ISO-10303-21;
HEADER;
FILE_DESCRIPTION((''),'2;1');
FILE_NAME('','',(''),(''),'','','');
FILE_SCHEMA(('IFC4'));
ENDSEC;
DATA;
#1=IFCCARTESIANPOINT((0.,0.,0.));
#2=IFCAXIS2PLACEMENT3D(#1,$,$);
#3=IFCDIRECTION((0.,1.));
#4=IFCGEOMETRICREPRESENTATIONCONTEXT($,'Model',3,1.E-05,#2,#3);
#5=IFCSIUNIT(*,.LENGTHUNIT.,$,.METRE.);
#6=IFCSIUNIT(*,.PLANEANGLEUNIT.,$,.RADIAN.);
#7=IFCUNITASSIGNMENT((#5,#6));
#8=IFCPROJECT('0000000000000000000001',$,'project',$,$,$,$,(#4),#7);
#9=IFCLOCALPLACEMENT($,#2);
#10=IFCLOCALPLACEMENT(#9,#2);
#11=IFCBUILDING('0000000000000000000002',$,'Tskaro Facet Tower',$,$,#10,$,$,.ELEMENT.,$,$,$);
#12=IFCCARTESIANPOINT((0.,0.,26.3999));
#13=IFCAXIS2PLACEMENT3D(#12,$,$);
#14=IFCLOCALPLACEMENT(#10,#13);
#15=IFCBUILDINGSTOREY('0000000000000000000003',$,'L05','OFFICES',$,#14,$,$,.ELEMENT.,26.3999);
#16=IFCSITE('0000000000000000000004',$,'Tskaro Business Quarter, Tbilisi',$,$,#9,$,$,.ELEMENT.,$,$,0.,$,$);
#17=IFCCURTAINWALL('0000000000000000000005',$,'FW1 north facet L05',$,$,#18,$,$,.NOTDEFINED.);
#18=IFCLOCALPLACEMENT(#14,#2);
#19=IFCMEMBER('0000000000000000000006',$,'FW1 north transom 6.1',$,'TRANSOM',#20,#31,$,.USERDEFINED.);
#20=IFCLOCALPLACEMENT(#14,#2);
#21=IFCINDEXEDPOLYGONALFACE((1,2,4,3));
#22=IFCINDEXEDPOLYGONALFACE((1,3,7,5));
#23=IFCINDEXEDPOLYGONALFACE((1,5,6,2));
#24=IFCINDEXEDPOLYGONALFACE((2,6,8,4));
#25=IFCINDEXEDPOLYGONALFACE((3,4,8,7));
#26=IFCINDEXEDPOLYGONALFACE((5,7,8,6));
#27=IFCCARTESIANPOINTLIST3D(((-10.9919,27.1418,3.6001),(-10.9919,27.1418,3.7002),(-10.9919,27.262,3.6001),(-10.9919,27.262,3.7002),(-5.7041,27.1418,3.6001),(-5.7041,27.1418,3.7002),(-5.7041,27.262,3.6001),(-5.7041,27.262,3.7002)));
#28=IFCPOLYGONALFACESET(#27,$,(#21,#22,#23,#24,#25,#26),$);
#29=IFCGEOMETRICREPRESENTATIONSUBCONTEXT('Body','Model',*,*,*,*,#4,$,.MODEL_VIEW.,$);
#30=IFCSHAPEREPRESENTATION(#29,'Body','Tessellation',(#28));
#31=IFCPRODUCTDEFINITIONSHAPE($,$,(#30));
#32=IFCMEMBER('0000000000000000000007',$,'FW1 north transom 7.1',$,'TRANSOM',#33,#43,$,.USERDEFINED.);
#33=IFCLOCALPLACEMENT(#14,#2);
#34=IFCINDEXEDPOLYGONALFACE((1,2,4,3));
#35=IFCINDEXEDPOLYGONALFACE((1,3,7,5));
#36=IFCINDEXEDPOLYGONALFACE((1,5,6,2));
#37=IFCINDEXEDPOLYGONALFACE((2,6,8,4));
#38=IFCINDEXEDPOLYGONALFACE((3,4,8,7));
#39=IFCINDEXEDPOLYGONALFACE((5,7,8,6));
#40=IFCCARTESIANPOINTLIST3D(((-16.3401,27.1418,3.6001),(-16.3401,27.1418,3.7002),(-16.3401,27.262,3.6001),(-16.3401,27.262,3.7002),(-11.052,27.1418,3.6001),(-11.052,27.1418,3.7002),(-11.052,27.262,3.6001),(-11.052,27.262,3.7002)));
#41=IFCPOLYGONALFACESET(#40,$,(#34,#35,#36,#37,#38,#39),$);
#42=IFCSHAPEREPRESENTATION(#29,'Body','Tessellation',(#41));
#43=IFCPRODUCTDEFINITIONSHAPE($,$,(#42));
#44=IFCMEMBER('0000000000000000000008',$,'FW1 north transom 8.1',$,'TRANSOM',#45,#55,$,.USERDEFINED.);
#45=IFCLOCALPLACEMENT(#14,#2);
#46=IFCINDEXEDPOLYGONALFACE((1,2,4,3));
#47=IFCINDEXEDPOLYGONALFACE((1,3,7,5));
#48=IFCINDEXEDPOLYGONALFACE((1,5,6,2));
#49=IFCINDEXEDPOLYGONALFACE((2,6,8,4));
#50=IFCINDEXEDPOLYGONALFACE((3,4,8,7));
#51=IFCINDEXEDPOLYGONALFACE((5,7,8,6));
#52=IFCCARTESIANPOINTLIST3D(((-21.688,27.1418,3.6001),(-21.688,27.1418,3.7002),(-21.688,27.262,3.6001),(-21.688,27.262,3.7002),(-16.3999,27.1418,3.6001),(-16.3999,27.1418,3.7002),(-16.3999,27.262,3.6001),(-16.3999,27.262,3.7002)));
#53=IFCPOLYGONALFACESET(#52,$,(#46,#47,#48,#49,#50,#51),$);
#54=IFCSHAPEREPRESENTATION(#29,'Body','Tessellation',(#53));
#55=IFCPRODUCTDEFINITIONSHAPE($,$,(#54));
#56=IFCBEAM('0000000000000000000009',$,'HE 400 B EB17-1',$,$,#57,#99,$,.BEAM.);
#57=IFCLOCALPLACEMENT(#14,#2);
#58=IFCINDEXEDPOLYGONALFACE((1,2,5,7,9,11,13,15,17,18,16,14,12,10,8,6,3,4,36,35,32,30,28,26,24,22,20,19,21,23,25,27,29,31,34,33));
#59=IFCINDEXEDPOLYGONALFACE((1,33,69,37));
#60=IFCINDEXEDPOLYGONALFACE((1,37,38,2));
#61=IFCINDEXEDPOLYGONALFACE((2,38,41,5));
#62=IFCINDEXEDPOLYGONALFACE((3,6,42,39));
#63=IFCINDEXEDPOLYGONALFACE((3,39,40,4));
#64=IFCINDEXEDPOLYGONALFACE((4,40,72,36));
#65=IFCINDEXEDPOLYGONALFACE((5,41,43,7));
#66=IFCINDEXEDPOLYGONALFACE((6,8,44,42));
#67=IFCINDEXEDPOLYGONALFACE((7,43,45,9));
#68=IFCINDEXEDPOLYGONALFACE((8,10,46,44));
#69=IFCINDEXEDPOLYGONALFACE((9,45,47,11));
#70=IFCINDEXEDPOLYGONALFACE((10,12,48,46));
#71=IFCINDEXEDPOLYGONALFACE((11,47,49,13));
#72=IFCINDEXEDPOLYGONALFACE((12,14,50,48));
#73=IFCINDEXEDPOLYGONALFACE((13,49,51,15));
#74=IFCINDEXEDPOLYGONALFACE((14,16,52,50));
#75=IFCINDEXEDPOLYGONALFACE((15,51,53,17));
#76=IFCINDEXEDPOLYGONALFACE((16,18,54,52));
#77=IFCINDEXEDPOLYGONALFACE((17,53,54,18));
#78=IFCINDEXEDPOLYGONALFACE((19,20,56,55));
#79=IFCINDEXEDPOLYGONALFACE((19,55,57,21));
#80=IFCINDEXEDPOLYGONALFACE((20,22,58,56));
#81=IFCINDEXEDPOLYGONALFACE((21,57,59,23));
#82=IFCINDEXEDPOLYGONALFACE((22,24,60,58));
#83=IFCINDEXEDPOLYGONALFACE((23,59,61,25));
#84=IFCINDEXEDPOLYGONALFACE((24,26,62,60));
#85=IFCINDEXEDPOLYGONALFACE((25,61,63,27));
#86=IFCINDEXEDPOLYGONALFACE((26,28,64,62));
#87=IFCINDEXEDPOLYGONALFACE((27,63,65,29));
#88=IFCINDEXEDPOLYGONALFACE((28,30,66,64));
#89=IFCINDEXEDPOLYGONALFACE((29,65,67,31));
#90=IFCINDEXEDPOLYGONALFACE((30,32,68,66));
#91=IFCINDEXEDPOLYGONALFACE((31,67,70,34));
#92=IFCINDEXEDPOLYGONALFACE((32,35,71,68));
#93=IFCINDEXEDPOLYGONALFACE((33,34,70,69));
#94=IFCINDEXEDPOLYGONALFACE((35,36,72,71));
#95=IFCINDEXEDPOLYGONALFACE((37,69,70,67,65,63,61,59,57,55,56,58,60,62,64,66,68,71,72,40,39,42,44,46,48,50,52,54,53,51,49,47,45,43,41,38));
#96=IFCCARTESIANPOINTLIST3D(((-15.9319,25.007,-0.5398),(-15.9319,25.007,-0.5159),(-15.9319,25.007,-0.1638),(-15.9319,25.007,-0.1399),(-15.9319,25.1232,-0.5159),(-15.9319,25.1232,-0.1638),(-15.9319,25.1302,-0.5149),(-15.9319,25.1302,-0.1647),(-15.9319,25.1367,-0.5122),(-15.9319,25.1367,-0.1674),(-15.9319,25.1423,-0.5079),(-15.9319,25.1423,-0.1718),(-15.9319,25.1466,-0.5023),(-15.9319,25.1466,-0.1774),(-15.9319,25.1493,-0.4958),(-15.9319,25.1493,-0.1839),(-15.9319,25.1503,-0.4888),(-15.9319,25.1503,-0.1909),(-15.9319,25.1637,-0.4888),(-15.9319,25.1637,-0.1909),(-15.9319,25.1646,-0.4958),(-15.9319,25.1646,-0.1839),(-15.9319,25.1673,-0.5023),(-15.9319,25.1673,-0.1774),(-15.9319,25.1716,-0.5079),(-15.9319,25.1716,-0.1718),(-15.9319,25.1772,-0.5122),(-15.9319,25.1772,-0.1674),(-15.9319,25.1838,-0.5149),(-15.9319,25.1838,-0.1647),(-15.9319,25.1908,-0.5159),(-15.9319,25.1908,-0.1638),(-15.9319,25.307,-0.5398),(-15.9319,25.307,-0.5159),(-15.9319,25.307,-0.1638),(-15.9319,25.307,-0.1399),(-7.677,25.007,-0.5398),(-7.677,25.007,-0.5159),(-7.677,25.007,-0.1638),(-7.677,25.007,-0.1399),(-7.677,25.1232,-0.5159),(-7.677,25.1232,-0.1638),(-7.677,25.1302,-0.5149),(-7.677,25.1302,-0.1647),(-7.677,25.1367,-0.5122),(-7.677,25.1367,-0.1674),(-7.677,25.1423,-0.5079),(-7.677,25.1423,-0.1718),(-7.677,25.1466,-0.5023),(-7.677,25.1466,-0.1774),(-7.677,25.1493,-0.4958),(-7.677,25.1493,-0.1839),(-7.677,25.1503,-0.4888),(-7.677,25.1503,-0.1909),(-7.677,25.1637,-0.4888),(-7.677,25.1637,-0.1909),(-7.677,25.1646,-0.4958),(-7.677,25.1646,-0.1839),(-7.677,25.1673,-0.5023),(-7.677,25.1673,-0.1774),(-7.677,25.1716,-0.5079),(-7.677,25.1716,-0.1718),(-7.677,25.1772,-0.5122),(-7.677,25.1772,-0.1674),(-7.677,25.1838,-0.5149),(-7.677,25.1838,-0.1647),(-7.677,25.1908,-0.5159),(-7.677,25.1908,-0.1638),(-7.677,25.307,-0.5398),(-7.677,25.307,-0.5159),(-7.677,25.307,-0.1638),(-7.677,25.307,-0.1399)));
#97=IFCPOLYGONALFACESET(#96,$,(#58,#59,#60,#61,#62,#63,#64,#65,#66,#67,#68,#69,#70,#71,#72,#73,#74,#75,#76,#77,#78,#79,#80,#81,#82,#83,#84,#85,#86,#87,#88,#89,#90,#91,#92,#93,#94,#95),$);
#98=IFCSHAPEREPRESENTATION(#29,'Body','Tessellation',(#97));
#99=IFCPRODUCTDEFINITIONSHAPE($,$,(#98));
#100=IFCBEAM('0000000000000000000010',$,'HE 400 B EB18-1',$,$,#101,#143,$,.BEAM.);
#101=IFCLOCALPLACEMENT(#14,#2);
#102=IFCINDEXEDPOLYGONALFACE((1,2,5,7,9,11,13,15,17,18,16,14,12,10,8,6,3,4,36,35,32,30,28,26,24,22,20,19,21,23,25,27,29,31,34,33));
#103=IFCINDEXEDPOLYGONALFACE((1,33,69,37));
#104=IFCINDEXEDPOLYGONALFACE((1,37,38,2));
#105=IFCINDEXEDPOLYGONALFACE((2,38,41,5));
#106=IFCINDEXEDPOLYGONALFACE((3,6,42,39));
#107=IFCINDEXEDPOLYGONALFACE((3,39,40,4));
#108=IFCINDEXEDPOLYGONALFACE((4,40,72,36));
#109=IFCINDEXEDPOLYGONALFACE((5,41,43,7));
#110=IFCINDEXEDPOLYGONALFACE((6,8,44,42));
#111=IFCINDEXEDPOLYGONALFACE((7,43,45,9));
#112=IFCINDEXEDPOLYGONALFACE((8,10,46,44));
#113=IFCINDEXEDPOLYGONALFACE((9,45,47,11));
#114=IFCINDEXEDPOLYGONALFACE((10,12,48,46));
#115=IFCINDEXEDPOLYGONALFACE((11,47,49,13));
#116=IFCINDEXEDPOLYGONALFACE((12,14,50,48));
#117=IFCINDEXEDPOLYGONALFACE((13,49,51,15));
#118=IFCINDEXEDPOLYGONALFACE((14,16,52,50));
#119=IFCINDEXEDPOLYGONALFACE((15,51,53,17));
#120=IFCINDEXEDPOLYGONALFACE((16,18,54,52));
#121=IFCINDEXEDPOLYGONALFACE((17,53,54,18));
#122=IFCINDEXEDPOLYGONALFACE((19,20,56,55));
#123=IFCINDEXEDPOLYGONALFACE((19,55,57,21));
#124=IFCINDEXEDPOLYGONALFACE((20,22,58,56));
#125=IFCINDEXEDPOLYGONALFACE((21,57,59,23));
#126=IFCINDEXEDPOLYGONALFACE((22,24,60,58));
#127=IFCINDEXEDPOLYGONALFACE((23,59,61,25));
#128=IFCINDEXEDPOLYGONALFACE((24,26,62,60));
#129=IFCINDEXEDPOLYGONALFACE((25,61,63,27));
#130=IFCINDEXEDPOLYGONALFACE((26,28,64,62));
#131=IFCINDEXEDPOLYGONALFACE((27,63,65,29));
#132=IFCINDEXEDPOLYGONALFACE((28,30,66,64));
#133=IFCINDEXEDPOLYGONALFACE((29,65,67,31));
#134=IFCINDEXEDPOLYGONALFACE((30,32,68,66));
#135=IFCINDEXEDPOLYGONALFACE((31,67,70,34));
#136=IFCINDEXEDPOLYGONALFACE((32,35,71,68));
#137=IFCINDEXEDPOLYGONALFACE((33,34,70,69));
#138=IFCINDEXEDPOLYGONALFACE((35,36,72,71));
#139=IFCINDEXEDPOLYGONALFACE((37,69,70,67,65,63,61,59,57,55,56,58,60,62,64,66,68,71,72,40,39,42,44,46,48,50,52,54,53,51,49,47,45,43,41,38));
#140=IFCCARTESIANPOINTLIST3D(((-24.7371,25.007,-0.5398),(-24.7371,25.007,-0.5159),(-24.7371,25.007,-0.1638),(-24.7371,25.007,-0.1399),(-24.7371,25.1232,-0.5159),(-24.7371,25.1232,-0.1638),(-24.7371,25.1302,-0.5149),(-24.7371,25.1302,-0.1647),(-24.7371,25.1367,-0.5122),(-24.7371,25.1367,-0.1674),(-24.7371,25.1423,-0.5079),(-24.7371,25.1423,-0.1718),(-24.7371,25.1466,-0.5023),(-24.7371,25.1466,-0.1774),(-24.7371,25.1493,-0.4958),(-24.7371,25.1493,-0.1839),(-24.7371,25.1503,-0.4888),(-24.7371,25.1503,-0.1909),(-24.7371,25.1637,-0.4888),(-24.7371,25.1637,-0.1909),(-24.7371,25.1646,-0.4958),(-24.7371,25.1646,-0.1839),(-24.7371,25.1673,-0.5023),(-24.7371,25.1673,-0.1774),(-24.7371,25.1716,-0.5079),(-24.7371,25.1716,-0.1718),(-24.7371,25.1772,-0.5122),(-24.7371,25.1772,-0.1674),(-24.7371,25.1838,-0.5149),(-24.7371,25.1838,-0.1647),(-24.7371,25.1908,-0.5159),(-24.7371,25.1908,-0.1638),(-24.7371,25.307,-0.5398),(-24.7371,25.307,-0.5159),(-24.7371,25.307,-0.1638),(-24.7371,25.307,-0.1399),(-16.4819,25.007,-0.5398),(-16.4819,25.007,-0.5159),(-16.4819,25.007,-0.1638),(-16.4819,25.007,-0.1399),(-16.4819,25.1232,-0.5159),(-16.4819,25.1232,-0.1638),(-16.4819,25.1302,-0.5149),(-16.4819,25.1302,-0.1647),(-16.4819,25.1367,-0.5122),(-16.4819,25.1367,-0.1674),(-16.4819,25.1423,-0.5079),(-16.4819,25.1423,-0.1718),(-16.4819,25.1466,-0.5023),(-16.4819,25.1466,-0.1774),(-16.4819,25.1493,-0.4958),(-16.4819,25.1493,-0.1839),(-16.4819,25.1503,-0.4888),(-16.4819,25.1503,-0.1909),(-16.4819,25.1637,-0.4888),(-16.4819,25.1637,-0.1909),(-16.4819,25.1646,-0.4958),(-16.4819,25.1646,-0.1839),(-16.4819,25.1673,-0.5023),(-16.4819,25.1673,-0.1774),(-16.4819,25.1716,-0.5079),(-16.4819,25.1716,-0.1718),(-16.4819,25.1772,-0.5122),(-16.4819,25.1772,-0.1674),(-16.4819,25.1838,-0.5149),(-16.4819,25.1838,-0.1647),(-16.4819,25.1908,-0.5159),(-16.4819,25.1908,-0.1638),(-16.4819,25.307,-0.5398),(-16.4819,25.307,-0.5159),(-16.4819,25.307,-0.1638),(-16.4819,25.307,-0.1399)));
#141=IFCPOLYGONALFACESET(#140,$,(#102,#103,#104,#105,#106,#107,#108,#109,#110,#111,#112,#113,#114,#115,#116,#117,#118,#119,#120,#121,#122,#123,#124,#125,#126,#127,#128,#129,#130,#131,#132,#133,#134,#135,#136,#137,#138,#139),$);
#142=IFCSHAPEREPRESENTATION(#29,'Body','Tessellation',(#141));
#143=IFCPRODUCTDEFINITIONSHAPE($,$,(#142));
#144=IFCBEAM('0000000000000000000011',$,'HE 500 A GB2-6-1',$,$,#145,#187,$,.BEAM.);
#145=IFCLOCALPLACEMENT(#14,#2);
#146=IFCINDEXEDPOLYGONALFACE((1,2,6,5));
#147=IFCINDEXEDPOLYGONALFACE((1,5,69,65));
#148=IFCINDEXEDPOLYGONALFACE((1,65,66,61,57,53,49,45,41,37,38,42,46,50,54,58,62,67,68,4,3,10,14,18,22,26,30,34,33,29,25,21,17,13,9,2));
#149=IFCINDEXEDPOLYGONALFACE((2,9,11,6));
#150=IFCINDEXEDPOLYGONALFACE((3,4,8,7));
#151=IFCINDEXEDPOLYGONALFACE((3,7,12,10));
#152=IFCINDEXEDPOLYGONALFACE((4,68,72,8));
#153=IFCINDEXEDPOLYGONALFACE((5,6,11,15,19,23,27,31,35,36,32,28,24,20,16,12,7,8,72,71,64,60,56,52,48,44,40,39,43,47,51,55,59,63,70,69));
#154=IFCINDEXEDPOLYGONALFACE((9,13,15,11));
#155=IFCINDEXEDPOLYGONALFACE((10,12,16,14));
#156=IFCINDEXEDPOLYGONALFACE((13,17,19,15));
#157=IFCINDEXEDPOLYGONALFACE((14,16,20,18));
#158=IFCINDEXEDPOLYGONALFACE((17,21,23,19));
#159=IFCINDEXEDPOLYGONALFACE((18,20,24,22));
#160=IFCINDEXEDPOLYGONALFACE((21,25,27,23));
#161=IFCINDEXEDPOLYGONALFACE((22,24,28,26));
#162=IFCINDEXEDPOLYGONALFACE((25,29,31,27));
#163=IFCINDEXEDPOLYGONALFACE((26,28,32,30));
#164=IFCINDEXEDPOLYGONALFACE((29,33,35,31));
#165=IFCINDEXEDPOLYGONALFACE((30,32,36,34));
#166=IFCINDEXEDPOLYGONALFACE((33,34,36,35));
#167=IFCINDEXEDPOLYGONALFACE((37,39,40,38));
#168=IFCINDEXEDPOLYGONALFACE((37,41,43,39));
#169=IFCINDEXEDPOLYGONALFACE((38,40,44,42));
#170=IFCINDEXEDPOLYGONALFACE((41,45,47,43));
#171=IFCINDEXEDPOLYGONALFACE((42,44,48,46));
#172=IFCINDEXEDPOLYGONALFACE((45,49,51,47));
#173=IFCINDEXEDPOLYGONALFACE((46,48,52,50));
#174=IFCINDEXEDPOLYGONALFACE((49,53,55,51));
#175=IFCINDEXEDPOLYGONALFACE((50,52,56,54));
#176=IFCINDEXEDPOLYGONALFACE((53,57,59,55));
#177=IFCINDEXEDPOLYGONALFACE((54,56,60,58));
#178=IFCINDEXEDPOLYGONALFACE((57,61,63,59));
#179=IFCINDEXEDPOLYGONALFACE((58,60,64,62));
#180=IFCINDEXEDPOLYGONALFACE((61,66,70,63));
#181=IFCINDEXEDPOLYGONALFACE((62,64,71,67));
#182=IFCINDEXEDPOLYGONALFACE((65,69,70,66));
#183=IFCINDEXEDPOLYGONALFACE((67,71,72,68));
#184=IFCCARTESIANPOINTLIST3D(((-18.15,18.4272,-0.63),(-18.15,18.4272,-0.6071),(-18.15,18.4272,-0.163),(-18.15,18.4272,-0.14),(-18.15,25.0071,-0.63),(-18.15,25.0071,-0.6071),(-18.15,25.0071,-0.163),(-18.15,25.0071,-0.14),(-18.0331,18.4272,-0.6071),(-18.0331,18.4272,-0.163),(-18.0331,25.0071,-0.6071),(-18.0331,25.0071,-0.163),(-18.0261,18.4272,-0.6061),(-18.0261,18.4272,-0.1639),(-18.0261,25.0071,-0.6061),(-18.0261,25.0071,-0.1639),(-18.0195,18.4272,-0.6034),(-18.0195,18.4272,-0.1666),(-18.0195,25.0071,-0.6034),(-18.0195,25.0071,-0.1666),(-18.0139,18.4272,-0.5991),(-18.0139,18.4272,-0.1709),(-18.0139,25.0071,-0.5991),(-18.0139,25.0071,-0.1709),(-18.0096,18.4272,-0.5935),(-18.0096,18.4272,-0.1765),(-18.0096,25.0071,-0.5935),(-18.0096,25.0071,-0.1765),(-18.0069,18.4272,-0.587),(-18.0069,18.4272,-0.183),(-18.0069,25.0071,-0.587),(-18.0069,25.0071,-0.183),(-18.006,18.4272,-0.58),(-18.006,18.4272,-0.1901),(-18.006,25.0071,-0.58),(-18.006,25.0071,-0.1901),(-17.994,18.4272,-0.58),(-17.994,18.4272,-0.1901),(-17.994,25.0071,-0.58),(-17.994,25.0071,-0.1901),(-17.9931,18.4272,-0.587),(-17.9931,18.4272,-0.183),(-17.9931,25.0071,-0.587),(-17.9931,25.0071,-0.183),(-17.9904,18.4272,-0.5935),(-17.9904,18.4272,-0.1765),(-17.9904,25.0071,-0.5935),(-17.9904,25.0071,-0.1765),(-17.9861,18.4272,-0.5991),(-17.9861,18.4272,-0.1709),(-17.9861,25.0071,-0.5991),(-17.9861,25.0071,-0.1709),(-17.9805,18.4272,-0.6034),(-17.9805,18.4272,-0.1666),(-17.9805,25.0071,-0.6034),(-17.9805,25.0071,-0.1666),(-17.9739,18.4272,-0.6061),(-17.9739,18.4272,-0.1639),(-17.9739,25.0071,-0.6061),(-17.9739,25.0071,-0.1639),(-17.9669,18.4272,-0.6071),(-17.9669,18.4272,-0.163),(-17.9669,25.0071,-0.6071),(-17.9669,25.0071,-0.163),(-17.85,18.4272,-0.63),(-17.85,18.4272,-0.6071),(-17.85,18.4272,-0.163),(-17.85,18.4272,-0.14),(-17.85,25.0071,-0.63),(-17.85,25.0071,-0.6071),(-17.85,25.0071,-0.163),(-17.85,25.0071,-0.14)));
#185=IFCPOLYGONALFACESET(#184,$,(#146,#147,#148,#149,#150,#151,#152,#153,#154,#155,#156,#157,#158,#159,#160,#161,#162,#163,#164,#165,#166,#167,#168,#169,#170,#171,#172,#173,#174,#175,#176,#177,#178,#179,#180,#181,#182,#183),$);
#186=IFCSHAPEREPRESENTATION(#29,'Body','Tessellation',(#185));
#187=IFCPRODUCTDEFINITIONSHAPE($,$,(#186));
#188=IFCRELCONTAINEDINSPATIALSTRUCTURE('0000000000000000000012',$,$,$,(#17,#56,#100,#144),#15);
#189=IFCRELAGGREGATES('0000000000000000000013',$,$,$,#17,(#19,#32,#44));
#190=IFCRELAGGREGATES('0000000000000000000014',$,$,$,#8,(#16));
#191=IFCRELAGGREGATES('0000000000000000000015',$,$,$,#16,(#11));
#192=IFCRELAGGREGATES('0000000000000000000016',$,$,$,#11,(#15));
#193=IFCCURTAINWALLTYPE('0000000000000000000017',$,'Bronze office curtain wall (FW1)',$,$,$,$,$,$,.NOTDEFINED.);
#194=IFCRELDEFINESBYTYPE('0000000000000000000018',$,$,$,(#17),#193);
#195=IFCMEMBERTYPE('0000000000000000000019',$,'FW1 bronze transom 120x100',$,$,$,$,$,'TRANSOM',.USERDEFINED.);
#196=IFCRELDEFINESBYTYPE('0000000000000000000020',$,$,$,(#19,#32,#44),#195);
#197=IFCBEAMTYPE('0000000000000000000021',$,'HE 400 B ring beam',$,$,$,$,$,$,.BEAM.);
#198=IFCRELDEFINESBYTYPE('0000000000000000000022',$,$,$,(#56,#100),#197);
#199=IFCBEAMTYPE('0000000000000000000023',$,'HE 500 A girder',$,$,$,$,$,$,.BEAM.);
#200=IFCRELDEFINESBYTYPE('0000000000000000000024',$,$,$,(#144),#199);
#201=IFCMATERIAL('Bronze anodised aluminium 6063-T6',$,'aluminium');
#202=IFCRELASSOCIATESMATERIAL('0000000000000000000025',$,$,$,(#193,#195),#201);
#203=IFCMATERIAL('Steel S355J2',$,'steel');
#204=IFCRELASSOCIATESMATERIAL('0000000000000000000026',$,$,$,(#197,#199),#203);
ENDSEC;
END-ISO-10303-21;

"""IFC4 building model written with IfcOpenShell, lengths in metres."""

from ifc_helpers import new_model, si_unit, direction, frame, origin, origin_2d, place, context, subcontext, project, spatial, rectangle, i_section, extrude, material, material_profile, profile_set, type_object, element, aggregate, save


model = new_model("IFC4")

# Units and contexts
model_context = context("Model", 3, precision=1e-05, world=origin(), true_north=direction((0.0, 1.0)))
body_context = subcontext(model_context, "Body", "Model", "MODEL_VIEW")
ifc_project = project(units=[si_unit("LENGTHUNIT", "METRE"), si_unit("PLANEANGLEUNIT", "RADIAN")], contexts=[model_context])

# Site, building, storey
site_placement = place(None, origin())
site = spatial("IfcSite", under=ifc_project, at=site_placement, Name="Tskaro Business Quarter, Tbilisi", CompositionType="ELEMENT", RefElevation=0.0)
building_placement = place(site_placement, origin())
building = spatial("IfcBuilding", under=site, at=building_placement, Name="Tskaro Facet Tower", CompositionType="ELEMENT")
storey_placement = place(building_placement, frame((0.0, 0.0, 26.3999)))
storey = spatial("IfcBuildingStorey", under=building, at=storey_placement, Name="L05", Description="OFFICES", CompositionType="ELEMENT", Elevation=26.3999)

# Curtain wall, members
ifc_material_1 = material(Name="Bronze anodised aluminium 6063-T6", Category="aluminium")
curtain_wall_type = type_object("IfcCurtainWallType", Name="Bronze office curtain wall (FW1)", PredefinedType="NOTDEFINED", material=ifc_material_1)
curtain_wall_placement = place(storey_placement, origin())
curtain_wall = element("IfcCurtainWall", 1, at=curtain_wall_placement, inside=storey, type_object=curtain_wall_type, Name="FW1 north facet L05", PredefinedType="NOTDEFINED")
ifc_material_profile_1 = material_profile(ifc_material_1, rectangle(XDim=0.1201, YDim=0.1001, at=origin_2d()), Name="Transom 120x100")
ifc_profile_set_1 = profile_set([ifc_material_profile_1], Name="Bronze anodised aluminium 6063-T6")
member_type_1 = type_object("IfcMemberType", Name="FW1 bronze transom 120x100", ElementType="TRANSOM", PredefinedType="USERDEFINED", material=ifc_profile_set_1)
member_1_placement = place(storey_placement, frame((-5.7041, 27.2019, 3.6501), z_axis=(-1.0, 0.0, 0.0), x_axis=(0.0, -1.0, 0.0)))
member_1 = element("IfcMember", 2, at=member_1_placement, type_object=member_type_1, Name="FW1 north transom 6.1", ObjectType="TRANSOM", PredefinedType="USERDEFINED", context=body_context, shape_type="SweptSolid", body=[
    extrude(rectangle(XDim=0.1201, YDim=0.1001, at=origin_2d()), origin(), (0.0, 0.0, 1.0), 5.2878),
])
member_2_placement = place(storey_placement, frame((-11.052, 27.2019, 3.6501), z_axis=(-1.0, 0.0, 0.0), x_axis=(0.0, -1.0, 0.0)))
member_2 = element("IfcMember", 3, at=member_2_placement, type_object=member_type_1, Name="FW1 north transom 7.1", ObjectType="TRANSOM", PredefinedType="USERDEFINED", context=body_context, shape_type="SweptSolid", body=[
    extrude(rectangle(XDim=0.1201, YDim=0.1001, at=origin_2d()), origin(), (0.0, 0.0, 1.0), 5.2881),
])
member_3_placement = place(storey_placement, frame((-16.3999, 27.2019, 3.6501), z_axis=(-1.0, 0.0, 0.0), x_axis=(0.0, -1.0, 0.0)))
member_3 = element("IfcMember", 4, at=member_3_placement, type_object=member_type_1, Name="FW1 north transom 8.1", ObjectType="TRANSOM", PredefinedType="USERDEFINED", context=body_context, shape_type="SweptSolid", body=[
    extrude(rectangle(XDim=0.1201, YDim=0.1001, at=origin_2d()), origin(), (0.0, 0.0, 1.0), 5.2881),
])

# Beams
ifc_material_2 = material(Name="Steel S355J2", Category="steel")
ifc_material_profile_2 = material_profile(ifc_material_2, i_section(OverallWidth=0.3, OverallDepth=0.3999, WebThickness=0.0134, FlangeThickness=0.0239, FilletRadius=0.0271, at=origin_2d()), Name="HE 400 B")
ifc_profile_set_2 = profile_set([ifc_material_profile_2], Name="Steel S355J2")
beam_type_1 = type_object("IfcBeamType", Name="HE 400 B ring beam", PredefinedType="BEAM", material=ifc_profile_set_2)
beam_1_placement = place(storey_placement, frame((-7.677, 25.157, -0.3398), z_axis=(-1.0, 0.0, 0.0), x_axis=(0.0, -1.0, 0.0)))
element("IfcBeam", 5, at=beam_1_placement, inside=storey, type_object=beam_type_1, Name="HE 400 B EB17-1", PredefinedType="BEAM", context=body_context, shape_type="SweptSolid", body=[
    extrude(i_section(OverallWidth=0.3, OverallDepth=0.3999, WebThickness=0.0134, FlangeThickness=0.0239, FilletRadius=0.0271, at=origin_2d()), origin(), (0.0, 0.0, 1.0), 8.2549),
])
beam_2_placement = place(storey_placement, frame((-16.4819, 25.157, -0.3398), z_axis=(-1.0, 0.0, 0.0), x_axis=(0.0, -1.0, 0.0)))
element("IfcBeam", 6, at=beam_2_placement, inside=storey, type_object=beam_type_1, Name="HE 400 B EB18-1", PredefinedType="BEAM", context=body_context, shape_type="SweptSolid", body=[
    extrude(i_section(OverallWidth=0.3, OverallDepth=0.3999, WebThickness=0.0134, FlangeThickness=0.0239, FilletRadius=0.0271, at=origin_2d()), origin(), (0.0, 0.0, 1.0), 8.2551),
])
ifc_material_profile_3 = material_profile(ifc_material_2, i_section(OverallWidth=0.3, OverallDepth=0.49, WebThickness=0.012, FlangeThickness=0.0229, FilletRadius=0.0271, at=origin_2d()), Name="HE 500 A")
ifc_profile_set_3 = profile_set([ifc_material_profile_3], Name="Steel S355J2")
beam_type_2 = type_object("IfcBeamType", Name="HE 500 A girder", PredefinedType="BEAM", material=ifc_profile_set_3)
for number, where, z_axis, x_axis, name in (
    (7, (-18.0, 18.4272, -0.385), (0.0, 1.0, 0.0), (-1.0, 0.0, 0.0), "HE 500 A GB2-6-1"),
):
    element("IfcBeam", number, at=place(storey_placement, frame(where, z_axis=z_axis, x_axis=x_axis)), inside=storey, type_object=beam_type_2, Name=name, PredefinedType="BEAM", context=body_context, shape_type="SweptSolid", body=[
        extrude(i_section(OverallWidth=0.3, OverallDepth=0.49, WebThickness=0.012, FlangeThickness=0.0229, FilletRadius=0.0271, at=origin_2d()), origin(), (0.0, 0.0, 1.0), 6.5798),
    ])

aggregate(curtain_wall, [member_1, member_2, member_3])

save(model, "model.ifc")
